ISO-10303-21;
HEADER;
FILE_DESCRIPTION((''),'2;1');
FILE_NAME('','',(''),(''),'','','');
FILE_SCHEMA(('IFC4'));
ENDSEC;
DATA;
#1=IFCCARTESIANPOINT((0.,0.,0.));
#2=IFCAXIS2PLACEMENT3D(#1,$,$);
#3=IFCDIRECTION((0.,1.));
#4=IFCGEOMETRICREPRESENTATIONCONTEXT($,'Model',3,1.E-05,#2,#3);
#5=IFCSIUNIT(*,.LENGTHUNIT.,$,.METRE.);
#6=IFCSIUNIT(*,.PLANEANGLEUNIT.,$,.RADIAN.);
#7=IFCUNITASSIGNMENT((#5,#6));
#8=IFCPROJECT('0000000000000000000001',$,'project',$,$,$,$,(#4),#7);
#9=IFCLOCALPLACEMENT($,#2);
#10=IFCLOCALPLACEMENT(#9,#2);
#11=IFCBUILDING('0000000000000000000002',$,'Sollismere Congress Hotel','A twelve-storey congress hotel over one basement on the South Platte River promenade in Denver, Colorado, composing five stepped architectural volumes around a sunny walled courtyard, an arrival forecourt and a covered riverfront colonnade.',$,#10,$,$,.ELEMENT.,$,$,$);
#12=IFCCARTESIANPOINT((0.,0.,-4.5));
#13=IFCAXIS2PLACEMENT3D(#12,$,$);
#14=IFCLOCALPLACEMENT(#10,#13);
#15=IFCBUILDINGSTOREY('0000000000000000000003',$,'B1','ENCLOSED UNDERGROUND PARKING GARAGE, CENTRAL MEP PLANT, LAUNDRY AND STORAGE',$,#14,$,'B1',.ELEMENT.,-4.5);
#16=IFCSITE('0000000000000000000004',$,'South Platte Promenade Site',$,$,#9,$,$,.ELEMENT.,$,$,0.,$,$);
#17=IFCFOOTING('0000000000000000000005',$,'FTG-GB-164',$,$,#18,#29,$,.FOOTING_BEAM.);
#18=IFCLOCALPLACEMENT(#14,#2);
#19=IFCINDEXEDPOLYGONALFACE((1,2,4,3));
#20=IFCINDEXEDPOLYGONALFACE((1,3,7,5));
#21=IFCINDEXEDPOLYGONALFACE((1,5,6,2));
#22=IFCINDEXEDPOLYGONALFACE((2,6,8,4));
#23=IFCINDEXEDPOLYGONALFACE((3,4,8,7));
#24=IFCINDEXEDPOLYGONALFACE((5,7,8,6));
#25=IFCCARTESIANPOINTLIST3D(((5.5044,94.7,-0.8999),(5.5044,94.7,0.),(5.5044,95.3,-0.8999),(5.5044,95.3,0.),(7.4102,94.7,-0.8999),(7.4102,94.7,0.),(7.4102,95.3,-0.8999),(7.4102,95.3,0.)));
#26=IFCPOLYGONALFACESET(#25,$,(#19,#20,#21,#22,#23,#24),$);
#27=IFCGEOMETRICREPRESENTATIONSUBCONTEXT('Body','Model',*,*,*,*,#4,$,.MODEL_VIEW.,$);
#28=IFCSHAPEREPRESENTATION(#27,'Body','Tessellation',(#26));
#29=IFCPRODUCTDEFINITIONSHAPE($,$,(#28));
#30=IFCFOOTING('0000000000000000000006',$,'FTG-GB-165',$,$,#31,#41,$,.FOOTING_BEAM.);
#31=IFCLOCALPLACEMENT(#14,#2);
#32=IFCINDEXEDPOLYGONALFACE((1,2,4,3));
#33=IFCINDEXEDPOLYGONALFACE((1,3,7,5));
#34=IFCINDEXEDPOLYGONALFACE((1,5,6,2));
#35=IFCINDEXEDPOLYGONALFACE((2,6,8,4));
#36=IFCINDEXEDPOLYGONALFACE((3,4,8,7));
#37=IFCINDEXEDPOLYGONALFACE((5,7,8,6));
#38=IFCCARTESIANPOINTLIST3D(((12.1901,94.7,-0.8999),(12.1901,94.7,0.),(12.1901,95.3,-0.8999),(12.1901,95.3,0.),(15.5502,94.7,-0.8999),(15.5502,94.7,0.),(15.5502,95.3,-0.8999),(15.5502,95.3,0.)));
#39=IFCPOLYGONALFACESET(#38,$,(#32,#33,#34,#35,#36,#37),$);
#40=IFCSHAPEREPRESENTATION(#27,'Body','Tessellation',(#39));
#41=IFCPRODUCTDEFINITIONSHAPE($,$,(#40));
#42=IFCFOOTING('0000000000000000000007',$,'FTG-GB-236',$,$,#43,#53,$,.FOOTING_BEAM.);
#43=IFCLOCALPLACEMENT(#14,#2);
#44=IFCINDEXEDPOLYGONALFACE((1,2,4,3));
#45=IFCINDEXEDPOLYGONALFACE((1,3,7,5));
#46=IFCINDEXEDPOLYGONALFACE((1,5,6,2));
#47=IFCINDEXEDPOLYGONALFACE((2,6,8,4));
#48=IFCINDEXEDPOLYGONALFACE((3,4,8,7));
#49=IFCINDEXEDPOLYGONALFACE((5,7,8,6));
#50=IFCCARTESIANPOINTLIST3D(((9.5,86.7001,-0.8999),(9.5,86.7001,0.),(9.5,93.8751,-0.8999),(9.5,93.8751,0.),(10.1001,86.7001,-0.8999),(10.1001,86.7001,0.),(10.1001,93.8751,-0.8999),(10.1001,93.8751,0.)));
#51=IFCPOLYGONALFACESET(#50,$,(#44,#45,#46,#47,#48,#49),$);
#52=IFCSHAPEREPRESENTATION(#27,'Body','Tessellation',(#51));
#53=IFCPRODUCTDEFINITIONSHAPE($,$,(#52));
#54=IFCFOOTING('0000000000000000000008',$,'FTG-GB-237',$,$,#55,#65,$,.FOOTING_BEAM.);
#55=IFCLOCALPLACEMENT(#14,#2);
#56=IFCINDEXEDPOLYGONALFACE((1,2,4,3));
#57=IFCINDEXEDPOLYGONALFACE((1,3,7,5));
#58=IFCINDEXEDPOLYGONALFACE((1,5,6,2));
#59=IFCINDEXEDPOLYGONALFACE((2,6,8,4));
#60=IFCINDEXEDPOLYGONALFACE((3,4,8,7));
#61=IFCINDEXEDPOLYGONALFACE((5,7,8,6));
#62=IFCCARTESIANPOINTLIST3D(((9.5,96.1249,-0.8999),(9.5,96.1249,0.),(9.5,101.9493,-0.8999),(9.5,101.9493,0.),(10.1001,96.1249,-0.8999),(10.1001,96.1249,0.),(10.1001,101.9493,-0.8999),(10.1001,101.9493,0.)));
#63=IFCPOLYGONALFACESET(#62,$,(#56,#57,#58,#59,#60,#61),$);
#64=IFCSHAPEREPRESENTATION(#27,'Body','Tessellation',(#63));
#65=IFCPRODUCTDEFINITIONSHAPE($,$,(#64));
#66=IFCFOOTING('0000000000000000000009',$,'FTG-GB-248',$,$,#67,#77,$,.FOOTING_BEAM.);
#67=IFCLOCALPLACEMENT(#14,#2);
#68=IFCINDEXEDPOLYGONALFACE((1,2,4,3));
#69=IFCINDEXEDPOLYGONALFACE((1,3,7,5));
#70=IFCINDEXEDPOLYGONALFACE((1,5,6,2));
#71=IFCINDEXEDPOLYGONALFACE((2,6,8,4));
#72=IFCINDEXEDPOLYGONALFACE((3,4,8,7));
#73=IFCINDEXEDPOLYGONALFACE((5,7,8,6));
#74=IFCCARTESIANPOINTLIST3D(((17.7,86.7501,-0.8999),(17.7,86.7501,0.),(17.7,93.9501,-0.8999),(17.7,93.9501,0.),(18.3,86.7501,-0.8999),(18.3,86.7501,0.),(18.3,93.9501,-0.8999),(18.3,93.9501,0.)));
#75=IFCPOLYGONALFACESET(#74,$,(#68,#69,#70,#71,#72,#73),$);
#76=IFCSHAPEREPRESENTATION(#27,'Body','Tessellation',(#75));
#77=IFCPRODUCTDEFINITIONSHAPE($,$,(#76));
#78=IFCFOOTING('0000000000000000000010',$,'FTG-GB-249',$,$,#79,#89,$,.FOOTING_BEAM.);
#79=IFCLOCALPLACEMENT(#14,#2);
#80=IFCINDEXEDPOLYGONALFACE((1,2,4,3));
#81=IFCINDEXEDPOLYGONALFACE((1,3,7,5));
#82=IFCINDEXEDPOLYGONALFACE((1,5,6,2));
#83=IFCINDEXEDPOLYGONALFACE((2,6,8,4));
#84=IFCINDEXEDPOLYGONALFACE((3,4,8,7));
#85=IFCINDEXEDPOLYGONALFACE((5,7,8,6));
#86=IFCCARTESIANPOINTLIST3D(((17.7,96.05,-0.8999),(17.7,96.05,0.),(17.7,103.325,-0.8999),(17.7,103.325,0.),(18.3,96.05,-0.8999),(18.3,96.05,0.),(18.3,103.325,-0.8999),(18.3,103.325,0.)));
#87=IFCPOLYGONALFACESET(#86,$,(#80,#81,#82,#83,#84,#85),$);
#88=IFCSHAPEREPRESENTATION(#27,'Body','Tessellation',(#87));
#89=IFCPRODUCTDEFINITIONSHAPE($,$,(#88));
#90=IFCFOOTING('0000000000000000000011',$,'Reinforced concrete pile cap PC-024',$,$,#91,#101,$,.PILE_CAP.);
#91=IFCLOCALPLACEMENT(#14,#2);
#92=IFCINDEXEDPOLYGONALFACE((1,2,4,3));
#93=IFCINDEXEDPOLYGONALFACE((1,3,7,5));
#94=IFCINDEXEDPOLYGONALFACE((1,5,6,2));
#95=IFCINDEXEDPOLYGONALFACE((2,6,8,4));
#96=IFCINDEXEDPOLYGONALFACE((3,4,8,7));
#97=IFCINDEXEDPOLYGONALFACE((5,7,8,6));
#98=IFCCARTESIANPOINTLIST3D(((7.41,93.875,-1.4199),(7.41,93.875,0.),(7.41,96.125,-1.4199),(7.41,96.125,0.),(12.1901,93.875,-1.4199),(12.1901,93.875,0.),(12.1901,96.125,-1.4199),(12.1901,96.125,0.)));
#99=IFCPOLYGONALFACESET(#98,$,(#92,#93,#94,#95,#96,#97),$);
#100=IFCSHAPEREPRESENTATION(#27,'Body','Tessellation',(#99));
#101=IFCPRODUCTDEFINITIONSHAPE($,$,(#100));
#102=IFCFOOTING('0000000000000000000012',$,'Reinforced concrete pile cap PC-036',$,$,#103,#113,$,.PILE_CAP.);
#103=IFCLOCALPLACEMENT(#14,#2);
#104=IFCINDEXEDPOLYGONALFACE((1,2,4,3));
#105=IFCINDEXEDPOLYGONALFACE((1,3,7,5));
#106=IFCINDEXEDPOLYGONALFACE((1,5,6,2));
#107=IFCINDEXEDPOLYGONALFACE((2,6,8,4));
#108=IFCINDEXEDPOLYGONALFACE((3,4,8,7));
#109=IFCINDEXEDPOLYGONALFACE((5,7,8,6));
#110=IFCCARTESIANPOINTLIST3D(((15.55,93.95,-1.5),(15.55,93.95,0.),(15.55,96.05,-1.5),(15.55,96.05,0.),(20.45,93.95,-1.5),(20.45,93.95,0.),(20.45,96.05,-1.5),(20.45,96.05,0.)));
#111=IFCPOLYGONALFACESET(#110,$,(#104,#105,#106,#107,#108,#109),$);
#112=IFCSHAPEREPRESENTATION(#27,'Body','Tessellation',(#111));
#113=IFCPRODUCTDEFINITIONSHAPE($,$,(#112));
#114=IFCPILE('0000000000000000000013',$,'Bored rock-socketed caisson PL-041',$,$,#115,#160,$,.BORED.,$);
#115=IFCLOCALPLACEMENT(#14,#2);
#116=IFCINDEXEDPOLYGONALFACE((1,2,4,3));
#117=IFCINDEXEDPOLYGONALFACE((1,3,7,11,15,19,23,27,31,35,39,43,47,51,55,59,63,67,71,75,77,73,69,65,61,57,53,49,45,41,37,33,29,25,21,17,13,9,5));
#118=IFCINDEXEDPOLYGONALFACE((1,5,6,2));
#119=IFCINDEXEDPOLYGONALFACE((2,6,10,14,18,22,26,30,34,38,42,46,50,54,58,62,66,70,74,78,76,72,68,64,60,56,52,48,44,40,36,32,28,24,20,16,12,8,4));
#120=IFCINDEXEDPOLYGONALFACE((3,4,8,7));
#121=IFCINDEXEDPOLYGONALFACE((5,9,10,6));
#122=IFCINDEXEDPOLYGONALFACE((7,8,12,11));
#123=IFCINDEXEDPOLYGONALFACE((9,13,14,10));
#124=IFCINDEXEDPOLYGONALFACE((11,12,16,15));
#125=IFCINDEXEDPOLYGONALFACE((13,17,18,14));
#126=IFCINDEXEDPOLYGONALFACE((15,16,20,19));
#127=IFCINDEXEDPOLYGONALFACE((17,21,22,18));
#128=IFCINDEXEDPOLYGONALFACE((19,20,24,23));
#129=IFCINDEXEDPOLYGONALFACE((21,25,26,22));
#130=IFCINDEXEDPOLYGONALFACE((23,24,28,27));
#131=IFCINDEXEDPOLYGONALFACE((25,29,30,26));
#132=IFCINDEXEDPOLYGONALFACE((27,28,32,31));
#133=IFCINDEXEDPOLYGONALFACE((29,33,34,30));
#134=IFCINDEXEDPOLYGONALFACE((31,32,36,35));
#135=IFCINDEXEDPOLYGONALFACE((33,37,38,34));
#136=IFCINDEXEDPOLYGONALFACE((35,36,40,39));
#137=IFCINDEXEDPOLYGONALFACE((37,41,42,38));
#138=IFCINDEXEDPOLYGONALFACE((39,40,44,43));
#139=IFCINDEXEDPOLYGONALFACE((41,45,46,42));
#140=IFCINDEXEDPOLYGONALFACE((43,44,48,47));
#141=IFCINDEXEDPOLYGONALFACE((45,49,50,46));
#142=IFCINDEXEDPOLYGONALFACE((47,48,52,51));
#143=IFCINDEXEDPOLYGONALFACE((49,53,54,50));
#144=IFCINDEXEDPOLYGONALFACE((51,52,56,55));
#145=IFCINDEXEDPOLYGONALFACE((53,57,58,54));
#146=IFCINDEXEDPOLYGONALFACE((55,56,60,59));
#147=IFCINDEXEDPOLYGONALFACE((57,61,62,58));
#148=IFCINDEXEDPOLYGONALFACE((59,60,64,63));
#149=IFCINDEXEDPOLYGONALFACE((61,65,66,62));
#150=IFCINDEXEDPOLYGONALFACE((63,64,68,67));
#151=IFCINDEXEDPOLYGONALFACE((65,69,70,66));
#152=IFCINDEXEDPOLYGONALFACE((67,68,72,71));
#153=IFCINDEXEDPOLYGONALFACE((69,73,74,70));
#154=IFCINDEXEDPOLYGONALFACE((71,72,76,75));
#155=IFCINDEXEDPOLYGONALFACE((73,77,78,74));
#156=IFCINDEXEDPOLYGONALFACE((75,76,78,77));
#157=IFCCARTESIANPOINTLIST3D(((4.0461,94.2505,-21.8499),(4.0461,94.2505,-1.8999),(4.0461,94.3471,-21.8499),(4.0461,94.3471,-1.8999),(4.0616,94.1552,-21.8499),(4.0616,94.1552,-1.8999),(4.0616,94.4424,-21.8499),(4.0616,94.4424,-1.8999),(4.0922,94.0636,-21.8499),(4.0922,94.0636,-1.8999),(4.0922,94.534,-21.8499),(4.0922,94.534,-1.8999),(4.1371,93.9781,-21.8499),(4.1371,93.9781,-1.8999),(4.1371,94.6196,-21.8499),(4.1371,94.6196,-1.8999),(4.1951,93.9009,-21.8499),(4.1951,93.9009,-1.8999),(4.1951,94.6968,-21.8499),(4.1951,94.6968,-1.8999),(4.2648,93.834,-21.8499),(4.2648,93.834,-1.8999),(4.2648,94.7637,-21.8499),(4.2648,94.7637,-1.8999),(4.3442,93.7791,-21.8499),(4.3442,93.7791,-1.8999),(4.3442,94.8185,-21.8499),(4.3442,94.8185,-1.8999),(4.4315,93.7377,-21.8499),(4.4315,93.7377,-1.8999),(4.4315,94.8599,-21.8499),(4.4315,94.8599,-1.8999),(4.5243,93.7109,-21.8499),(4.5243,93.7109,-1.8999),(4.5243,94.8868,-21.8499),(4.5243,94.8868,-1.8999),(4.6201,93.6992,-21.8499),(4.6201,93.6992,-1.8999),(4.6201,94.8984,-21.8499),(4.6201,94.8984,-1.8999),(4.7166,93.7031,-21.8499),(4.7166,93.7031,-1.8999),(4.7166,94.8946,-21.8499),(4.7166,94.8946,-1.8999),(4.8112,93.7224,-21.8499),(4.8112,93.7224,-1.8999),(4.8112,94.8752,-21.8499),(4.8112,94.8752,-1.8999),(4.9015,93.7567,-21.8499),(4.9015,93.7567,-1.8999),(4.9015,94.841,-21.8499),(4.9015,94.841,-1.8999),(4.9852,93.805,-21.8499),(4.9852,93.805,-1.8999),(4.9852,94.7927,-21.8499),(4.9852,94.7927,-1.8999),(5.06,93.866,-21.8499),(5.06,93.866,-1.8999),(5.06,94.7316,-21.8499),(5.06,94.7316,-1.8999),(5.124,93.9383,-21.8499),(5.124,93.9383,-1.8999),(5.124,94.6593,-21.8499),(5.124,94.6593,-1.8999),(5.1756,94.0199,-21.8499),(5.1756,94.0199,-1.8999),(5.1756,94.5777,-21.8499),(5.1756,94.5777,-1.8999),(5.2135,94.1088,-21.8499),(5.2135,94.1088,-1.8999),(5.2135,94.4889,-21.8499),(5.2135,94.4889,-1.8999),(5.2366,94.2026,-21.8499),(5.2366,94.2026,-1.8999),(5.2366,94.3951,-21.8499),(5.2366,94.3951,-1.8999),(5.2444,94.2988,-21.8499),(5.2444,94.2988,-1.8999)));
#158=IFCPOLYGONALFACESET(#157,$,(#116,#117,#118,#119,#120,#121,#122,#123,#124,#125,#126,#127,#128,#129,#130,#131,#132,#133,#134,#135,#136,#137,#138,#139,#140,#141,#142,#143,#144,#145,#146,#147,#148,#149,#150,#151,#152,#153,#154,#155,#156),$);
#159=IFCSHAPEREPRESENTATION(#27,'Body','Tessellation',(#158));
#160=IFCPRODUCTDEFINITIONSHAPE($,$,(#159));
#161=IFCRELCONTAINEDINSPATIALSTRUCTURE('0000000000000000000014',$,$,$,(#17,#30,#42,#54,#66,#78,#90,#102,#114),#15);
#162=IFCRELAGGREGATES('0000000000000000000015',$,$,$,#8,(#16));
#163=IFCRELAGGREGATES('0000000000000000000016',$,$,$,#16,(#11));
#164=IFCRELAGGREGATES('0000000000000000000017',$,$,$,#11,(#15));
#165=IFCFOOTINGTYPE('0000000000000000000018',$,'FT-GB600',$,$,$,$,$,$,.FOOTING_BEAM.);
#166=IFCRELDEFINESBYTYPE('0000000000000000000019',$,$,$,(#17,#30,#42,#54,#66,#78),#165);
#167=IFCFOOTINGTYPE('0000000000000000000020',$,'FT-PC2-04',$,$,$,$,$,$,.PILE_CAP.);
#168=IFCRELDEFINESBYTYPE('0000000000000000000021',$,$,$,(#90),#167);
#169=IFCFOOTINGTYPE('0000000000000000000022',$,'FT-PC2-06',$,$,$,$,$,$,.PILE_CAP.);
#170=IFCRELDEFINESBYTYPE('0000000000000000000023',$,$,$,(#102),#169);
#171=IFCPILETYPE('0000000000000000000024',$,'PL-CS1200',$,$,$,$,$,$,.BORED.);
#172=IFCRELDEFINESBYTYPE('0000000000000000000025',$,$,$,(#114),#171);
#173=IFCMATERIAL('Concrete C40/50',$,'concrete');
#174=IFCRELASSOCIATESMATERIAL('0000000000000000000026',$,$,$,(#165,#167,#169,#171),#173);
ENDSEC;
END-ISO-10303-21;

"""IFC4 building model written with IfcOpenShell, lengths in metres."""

from ifc_helpers import new_model, si_unit, direction, frame, origin, origin_2d, place, context, subcontext, project, spatial, rectangle, circle, extrude, material, material_profile, profile_set, type_object, element, save


model = new_model("IFC4")

# Units and contexts
model_context = context("Model", 3, precision=1e-05, world=origin(), true_north=direction((0.0, 1.0)))
body_context = subcontext(model_context, "Body", "Model", "MODEL_VIEW")
ifc_project = project(units=[si_unit("LENGTHUNIT", "METRE"), si_unit("PLANEANGLEUNIT", "RADIAN")], contexts=[model_context])

# Site, building, storey
site_placement = place(None, origin())
site = spatial("IfcSite", under=ifc_project, at=site_placement, Name="South Platte Promenade Site", CompositionType="ELEMENT", RefElevation=0.0)
building_placement = place(site_placement, origin())
building = spatial("IfcBuilding", under=site, at=building_placement, Name="Sollismere Congress Hotel", Description="A twelve-storey congress hotel over one basement on the South Platte River promenade in Denver, Colorado, composing five stepped architectural volumes around a sunny walled courtyard, an arrival forecourt and a covered riverfront colonnade.", CompositionType="ELEMENT")
storey_placement = place(building_placement, frame((0.0, 0.0, -4.5)))
storey = spatial("IfcBuildingStorey", under=building, at=storey_placement, Name="B1", Description="ENCLOSED UNDERGROUND PARKING GARAGE, CENTRAL MEP PLANT, LAUNDRY AND STORAGE", LongName="B1", CompositionType="ELEMENT", Elevation=-4.5)

# Footings
ifc_material_1 = material(Name="Concrete C40/50", Category="concrete")
footing_type_1 = type_object("IfcFootingType", Name="FT-GB600", PredefinedType="FOOTING_BEAM", material=ifc_material_1)
footing_1_placement = place(storey_placement, frame((6.4573, 95.0, -0.8999), z_axis=(0.0, 0.0, 1.0), x_axis=(1.0, 0.0, 0.0)))
element("IfcFooting", 1, at=footing_1_placement, inside=storey, type_object=footing_type_1, Name="FTG-GB-164", PredefinedType="FOOTING_BEAM", context=body_context, shape_type="SweptSolid", body=[
    extrude(rectangle(XDim=1.9058, YDim=0.6001, at=origin_2d()), origin(), (0.0, 0.0, 1.0), 0.8999),
])
footing_2_placement = place(storey_placement, frame((13.8701, 95.0, -0.8999), z_axis=(0.0, 0.0, 1.0), x_axis=(1.0, 0.0, 0.0)))
element("IfcFooting", 2, at=footing_2_placement, inside=storey, type_object=footing_type_1, Name="FTG-GB-165", PredefinedType="FOOTING_BEAM", context=body_context, shape_type="SweptSolid", body=[
    extrude(rectangle(XDim=3.3601, YDim=0.6001, at=origin_2d()), origin(), (0.0, 0.0, 1.0), 0.8999),
])
footing_3_placement = place(storey_placement, frame((9.8, 90.2876, -0.8999), z_axis=(0.0, 0.0, 1.0), x_axis=(0.0, 1.0, 0.0)))
element("IfcFooting", 3, at=footing_3_placement, inside=storey, type_object=footing_type_1, Name="FTG-GB-236", PredefinedType="FOOTING_BEAM", context=body_context, shape_type="SweptSolid", body=[
    extrude(rectangle(XDim=7.175, YDim=0.6001, at=origin_2d()), origin(), (0.0, 0.0, 1.0), 0.8999),
])
footing_4_placement = place(storey_placement, frame((9.8, 99.0371, -0.8999), z_axis=(0.0, 0.0, 1.0), x_axis=(0.0, 1.0, 0.0)))
element("IfcFooting", 4, at=footing_4_placement, inside=storey, type_object=footing_type_1, Name="FTG-GB-237", PredefinedType="FOOTING_BEAM", context=body_context, shape_type="SweptSolid", body=[
    extrude(rectangle(XDim=5.8245, YDim=0.6001, at=origin_2d()), origin(), (0.0, 0.0, 1.0), 0.8999),
])
footing_5_placement = place(storey_placement, frame((18.0, 90.3501, -0.8999), z_axis=(0.0, 0.0, 1.0), x_axis=(0.0, 1.0, 0.0)))
element("IfcFooting", 5, at=footing_5_placement, inside=storey, type_object=footing_type_1, Name="FTG-GB-248", PredefinedType="FOOTING_BEAM", context=body_context, shape_type="SweptSolid", body=[
    extrude(rectangle(XDim=7.2, YDim=0.6001, at=origin_2d()), origin(), (0.0, 0.0, 1.0), 0.8999),
])
footing_6_placement = place(storey_placement, frame((18.0, 99.6875, -0.8999), z_axis=(0.0, 0.0, 1.0), x_axis=(0.0, 1.0, 0.0)))
element("IfcFooting", 6, at=footing_6_placement, inside=storey, type_object=footing_type_1, Name="FTG-GB-249", PredefinedType="FOOTING_BEAM", context=body_context, shape_type="SweptSolid", body=[
    extrude(rectangle(XDim=7.2749, YDim=0.6001, at=origin_2d()), origin(), (0.0, 0.0, 1.0), 0.8999),
])
footing_type_2 = type_object("IfcFootingType", Name="FT-PC2-04", PredefinedType="PILE_CAP", material=ifc_material_1)
footing_7_placement = place(storey_placement, frame((9.8, 95.0, -1.4199), z_axis=(0.0, 0.0, 1.0), x_axis=(1.0, 0.0, 0.0)))
element("IfcFooting", 7, at=footing_7_placement, inside=storey, type_object=footing_type_2, Name="Reinforced concrete pile cap PC-024", PredefinedType="PILE_CAP", context=body_context, shape_type="SweptSolid", body=[
    extrude(rectangle(XDim=4.78, YDim=2.25, at=origin_2d()), origin(), (0.0, 0.0, 1.0), 1.4199),
])
footing_type_3 = type_object("IfcFootingType", Name="FT-PC2-06", PredefinedType="PILE_CAP", material=ifc_material_1)
footing_8_placement = place(storey_placement, frame((18.0, 95.0, -1.5), z_axis=(0.0, 0.0, 1.0), x_axis=(1.0, 0.0, 0.0)))
element("IfcFooting", 8, at=footing_8_placement, inside=storey, type_object=footing_type_3, Name="Reinforced concrete pile cap PC-036", PredefinedType="PILE_CAP", context=body_context, shape_type="SweptSolid", body=[
    extrude(rectangle(XDim=4.8999, YDim=2.1001, at=origin_2d()), origin(), (0.0, 0.0, 1.0), 1.5),
])

# Pile
ifc_material_profile_1 = material_profile(ifc_material_1, circle(Radius=0.6001, at=origin_2d()), Name="CAISSON1200")
ifc_profile_set_1 = profile_set([ifc_material_profile_1], Name="Concrete C40/50")
pile_type = type_object("IfcPileType", Name="PL-CS1200", PredefinedType="BORED", material=ifc_profile_set_1)
for number, where, z_axis, x_axis, name in (
    (9, (4.6443, 94.2988, -1.8999), (0.0, 0.0, -1.0), (1.0, 0.0, 0.0), "Bored rock-socketed caisson PL-041"),
):
    element("IfcPile", number, at=place(storey_placement, frame(where, z_axis=z_axis, x_axis=x_axis)), inside=storey, type_object=pile_type, Name=name, PredefinedType="BORED", context=body_context, shape_type="SweptSolid", body=[
        extrude(circle(Radius=0.6001, at=origin_2d()), origin(), (0.0, 0.0, 1.0), 19.95),
    ])

save(model, "model.ifc")
